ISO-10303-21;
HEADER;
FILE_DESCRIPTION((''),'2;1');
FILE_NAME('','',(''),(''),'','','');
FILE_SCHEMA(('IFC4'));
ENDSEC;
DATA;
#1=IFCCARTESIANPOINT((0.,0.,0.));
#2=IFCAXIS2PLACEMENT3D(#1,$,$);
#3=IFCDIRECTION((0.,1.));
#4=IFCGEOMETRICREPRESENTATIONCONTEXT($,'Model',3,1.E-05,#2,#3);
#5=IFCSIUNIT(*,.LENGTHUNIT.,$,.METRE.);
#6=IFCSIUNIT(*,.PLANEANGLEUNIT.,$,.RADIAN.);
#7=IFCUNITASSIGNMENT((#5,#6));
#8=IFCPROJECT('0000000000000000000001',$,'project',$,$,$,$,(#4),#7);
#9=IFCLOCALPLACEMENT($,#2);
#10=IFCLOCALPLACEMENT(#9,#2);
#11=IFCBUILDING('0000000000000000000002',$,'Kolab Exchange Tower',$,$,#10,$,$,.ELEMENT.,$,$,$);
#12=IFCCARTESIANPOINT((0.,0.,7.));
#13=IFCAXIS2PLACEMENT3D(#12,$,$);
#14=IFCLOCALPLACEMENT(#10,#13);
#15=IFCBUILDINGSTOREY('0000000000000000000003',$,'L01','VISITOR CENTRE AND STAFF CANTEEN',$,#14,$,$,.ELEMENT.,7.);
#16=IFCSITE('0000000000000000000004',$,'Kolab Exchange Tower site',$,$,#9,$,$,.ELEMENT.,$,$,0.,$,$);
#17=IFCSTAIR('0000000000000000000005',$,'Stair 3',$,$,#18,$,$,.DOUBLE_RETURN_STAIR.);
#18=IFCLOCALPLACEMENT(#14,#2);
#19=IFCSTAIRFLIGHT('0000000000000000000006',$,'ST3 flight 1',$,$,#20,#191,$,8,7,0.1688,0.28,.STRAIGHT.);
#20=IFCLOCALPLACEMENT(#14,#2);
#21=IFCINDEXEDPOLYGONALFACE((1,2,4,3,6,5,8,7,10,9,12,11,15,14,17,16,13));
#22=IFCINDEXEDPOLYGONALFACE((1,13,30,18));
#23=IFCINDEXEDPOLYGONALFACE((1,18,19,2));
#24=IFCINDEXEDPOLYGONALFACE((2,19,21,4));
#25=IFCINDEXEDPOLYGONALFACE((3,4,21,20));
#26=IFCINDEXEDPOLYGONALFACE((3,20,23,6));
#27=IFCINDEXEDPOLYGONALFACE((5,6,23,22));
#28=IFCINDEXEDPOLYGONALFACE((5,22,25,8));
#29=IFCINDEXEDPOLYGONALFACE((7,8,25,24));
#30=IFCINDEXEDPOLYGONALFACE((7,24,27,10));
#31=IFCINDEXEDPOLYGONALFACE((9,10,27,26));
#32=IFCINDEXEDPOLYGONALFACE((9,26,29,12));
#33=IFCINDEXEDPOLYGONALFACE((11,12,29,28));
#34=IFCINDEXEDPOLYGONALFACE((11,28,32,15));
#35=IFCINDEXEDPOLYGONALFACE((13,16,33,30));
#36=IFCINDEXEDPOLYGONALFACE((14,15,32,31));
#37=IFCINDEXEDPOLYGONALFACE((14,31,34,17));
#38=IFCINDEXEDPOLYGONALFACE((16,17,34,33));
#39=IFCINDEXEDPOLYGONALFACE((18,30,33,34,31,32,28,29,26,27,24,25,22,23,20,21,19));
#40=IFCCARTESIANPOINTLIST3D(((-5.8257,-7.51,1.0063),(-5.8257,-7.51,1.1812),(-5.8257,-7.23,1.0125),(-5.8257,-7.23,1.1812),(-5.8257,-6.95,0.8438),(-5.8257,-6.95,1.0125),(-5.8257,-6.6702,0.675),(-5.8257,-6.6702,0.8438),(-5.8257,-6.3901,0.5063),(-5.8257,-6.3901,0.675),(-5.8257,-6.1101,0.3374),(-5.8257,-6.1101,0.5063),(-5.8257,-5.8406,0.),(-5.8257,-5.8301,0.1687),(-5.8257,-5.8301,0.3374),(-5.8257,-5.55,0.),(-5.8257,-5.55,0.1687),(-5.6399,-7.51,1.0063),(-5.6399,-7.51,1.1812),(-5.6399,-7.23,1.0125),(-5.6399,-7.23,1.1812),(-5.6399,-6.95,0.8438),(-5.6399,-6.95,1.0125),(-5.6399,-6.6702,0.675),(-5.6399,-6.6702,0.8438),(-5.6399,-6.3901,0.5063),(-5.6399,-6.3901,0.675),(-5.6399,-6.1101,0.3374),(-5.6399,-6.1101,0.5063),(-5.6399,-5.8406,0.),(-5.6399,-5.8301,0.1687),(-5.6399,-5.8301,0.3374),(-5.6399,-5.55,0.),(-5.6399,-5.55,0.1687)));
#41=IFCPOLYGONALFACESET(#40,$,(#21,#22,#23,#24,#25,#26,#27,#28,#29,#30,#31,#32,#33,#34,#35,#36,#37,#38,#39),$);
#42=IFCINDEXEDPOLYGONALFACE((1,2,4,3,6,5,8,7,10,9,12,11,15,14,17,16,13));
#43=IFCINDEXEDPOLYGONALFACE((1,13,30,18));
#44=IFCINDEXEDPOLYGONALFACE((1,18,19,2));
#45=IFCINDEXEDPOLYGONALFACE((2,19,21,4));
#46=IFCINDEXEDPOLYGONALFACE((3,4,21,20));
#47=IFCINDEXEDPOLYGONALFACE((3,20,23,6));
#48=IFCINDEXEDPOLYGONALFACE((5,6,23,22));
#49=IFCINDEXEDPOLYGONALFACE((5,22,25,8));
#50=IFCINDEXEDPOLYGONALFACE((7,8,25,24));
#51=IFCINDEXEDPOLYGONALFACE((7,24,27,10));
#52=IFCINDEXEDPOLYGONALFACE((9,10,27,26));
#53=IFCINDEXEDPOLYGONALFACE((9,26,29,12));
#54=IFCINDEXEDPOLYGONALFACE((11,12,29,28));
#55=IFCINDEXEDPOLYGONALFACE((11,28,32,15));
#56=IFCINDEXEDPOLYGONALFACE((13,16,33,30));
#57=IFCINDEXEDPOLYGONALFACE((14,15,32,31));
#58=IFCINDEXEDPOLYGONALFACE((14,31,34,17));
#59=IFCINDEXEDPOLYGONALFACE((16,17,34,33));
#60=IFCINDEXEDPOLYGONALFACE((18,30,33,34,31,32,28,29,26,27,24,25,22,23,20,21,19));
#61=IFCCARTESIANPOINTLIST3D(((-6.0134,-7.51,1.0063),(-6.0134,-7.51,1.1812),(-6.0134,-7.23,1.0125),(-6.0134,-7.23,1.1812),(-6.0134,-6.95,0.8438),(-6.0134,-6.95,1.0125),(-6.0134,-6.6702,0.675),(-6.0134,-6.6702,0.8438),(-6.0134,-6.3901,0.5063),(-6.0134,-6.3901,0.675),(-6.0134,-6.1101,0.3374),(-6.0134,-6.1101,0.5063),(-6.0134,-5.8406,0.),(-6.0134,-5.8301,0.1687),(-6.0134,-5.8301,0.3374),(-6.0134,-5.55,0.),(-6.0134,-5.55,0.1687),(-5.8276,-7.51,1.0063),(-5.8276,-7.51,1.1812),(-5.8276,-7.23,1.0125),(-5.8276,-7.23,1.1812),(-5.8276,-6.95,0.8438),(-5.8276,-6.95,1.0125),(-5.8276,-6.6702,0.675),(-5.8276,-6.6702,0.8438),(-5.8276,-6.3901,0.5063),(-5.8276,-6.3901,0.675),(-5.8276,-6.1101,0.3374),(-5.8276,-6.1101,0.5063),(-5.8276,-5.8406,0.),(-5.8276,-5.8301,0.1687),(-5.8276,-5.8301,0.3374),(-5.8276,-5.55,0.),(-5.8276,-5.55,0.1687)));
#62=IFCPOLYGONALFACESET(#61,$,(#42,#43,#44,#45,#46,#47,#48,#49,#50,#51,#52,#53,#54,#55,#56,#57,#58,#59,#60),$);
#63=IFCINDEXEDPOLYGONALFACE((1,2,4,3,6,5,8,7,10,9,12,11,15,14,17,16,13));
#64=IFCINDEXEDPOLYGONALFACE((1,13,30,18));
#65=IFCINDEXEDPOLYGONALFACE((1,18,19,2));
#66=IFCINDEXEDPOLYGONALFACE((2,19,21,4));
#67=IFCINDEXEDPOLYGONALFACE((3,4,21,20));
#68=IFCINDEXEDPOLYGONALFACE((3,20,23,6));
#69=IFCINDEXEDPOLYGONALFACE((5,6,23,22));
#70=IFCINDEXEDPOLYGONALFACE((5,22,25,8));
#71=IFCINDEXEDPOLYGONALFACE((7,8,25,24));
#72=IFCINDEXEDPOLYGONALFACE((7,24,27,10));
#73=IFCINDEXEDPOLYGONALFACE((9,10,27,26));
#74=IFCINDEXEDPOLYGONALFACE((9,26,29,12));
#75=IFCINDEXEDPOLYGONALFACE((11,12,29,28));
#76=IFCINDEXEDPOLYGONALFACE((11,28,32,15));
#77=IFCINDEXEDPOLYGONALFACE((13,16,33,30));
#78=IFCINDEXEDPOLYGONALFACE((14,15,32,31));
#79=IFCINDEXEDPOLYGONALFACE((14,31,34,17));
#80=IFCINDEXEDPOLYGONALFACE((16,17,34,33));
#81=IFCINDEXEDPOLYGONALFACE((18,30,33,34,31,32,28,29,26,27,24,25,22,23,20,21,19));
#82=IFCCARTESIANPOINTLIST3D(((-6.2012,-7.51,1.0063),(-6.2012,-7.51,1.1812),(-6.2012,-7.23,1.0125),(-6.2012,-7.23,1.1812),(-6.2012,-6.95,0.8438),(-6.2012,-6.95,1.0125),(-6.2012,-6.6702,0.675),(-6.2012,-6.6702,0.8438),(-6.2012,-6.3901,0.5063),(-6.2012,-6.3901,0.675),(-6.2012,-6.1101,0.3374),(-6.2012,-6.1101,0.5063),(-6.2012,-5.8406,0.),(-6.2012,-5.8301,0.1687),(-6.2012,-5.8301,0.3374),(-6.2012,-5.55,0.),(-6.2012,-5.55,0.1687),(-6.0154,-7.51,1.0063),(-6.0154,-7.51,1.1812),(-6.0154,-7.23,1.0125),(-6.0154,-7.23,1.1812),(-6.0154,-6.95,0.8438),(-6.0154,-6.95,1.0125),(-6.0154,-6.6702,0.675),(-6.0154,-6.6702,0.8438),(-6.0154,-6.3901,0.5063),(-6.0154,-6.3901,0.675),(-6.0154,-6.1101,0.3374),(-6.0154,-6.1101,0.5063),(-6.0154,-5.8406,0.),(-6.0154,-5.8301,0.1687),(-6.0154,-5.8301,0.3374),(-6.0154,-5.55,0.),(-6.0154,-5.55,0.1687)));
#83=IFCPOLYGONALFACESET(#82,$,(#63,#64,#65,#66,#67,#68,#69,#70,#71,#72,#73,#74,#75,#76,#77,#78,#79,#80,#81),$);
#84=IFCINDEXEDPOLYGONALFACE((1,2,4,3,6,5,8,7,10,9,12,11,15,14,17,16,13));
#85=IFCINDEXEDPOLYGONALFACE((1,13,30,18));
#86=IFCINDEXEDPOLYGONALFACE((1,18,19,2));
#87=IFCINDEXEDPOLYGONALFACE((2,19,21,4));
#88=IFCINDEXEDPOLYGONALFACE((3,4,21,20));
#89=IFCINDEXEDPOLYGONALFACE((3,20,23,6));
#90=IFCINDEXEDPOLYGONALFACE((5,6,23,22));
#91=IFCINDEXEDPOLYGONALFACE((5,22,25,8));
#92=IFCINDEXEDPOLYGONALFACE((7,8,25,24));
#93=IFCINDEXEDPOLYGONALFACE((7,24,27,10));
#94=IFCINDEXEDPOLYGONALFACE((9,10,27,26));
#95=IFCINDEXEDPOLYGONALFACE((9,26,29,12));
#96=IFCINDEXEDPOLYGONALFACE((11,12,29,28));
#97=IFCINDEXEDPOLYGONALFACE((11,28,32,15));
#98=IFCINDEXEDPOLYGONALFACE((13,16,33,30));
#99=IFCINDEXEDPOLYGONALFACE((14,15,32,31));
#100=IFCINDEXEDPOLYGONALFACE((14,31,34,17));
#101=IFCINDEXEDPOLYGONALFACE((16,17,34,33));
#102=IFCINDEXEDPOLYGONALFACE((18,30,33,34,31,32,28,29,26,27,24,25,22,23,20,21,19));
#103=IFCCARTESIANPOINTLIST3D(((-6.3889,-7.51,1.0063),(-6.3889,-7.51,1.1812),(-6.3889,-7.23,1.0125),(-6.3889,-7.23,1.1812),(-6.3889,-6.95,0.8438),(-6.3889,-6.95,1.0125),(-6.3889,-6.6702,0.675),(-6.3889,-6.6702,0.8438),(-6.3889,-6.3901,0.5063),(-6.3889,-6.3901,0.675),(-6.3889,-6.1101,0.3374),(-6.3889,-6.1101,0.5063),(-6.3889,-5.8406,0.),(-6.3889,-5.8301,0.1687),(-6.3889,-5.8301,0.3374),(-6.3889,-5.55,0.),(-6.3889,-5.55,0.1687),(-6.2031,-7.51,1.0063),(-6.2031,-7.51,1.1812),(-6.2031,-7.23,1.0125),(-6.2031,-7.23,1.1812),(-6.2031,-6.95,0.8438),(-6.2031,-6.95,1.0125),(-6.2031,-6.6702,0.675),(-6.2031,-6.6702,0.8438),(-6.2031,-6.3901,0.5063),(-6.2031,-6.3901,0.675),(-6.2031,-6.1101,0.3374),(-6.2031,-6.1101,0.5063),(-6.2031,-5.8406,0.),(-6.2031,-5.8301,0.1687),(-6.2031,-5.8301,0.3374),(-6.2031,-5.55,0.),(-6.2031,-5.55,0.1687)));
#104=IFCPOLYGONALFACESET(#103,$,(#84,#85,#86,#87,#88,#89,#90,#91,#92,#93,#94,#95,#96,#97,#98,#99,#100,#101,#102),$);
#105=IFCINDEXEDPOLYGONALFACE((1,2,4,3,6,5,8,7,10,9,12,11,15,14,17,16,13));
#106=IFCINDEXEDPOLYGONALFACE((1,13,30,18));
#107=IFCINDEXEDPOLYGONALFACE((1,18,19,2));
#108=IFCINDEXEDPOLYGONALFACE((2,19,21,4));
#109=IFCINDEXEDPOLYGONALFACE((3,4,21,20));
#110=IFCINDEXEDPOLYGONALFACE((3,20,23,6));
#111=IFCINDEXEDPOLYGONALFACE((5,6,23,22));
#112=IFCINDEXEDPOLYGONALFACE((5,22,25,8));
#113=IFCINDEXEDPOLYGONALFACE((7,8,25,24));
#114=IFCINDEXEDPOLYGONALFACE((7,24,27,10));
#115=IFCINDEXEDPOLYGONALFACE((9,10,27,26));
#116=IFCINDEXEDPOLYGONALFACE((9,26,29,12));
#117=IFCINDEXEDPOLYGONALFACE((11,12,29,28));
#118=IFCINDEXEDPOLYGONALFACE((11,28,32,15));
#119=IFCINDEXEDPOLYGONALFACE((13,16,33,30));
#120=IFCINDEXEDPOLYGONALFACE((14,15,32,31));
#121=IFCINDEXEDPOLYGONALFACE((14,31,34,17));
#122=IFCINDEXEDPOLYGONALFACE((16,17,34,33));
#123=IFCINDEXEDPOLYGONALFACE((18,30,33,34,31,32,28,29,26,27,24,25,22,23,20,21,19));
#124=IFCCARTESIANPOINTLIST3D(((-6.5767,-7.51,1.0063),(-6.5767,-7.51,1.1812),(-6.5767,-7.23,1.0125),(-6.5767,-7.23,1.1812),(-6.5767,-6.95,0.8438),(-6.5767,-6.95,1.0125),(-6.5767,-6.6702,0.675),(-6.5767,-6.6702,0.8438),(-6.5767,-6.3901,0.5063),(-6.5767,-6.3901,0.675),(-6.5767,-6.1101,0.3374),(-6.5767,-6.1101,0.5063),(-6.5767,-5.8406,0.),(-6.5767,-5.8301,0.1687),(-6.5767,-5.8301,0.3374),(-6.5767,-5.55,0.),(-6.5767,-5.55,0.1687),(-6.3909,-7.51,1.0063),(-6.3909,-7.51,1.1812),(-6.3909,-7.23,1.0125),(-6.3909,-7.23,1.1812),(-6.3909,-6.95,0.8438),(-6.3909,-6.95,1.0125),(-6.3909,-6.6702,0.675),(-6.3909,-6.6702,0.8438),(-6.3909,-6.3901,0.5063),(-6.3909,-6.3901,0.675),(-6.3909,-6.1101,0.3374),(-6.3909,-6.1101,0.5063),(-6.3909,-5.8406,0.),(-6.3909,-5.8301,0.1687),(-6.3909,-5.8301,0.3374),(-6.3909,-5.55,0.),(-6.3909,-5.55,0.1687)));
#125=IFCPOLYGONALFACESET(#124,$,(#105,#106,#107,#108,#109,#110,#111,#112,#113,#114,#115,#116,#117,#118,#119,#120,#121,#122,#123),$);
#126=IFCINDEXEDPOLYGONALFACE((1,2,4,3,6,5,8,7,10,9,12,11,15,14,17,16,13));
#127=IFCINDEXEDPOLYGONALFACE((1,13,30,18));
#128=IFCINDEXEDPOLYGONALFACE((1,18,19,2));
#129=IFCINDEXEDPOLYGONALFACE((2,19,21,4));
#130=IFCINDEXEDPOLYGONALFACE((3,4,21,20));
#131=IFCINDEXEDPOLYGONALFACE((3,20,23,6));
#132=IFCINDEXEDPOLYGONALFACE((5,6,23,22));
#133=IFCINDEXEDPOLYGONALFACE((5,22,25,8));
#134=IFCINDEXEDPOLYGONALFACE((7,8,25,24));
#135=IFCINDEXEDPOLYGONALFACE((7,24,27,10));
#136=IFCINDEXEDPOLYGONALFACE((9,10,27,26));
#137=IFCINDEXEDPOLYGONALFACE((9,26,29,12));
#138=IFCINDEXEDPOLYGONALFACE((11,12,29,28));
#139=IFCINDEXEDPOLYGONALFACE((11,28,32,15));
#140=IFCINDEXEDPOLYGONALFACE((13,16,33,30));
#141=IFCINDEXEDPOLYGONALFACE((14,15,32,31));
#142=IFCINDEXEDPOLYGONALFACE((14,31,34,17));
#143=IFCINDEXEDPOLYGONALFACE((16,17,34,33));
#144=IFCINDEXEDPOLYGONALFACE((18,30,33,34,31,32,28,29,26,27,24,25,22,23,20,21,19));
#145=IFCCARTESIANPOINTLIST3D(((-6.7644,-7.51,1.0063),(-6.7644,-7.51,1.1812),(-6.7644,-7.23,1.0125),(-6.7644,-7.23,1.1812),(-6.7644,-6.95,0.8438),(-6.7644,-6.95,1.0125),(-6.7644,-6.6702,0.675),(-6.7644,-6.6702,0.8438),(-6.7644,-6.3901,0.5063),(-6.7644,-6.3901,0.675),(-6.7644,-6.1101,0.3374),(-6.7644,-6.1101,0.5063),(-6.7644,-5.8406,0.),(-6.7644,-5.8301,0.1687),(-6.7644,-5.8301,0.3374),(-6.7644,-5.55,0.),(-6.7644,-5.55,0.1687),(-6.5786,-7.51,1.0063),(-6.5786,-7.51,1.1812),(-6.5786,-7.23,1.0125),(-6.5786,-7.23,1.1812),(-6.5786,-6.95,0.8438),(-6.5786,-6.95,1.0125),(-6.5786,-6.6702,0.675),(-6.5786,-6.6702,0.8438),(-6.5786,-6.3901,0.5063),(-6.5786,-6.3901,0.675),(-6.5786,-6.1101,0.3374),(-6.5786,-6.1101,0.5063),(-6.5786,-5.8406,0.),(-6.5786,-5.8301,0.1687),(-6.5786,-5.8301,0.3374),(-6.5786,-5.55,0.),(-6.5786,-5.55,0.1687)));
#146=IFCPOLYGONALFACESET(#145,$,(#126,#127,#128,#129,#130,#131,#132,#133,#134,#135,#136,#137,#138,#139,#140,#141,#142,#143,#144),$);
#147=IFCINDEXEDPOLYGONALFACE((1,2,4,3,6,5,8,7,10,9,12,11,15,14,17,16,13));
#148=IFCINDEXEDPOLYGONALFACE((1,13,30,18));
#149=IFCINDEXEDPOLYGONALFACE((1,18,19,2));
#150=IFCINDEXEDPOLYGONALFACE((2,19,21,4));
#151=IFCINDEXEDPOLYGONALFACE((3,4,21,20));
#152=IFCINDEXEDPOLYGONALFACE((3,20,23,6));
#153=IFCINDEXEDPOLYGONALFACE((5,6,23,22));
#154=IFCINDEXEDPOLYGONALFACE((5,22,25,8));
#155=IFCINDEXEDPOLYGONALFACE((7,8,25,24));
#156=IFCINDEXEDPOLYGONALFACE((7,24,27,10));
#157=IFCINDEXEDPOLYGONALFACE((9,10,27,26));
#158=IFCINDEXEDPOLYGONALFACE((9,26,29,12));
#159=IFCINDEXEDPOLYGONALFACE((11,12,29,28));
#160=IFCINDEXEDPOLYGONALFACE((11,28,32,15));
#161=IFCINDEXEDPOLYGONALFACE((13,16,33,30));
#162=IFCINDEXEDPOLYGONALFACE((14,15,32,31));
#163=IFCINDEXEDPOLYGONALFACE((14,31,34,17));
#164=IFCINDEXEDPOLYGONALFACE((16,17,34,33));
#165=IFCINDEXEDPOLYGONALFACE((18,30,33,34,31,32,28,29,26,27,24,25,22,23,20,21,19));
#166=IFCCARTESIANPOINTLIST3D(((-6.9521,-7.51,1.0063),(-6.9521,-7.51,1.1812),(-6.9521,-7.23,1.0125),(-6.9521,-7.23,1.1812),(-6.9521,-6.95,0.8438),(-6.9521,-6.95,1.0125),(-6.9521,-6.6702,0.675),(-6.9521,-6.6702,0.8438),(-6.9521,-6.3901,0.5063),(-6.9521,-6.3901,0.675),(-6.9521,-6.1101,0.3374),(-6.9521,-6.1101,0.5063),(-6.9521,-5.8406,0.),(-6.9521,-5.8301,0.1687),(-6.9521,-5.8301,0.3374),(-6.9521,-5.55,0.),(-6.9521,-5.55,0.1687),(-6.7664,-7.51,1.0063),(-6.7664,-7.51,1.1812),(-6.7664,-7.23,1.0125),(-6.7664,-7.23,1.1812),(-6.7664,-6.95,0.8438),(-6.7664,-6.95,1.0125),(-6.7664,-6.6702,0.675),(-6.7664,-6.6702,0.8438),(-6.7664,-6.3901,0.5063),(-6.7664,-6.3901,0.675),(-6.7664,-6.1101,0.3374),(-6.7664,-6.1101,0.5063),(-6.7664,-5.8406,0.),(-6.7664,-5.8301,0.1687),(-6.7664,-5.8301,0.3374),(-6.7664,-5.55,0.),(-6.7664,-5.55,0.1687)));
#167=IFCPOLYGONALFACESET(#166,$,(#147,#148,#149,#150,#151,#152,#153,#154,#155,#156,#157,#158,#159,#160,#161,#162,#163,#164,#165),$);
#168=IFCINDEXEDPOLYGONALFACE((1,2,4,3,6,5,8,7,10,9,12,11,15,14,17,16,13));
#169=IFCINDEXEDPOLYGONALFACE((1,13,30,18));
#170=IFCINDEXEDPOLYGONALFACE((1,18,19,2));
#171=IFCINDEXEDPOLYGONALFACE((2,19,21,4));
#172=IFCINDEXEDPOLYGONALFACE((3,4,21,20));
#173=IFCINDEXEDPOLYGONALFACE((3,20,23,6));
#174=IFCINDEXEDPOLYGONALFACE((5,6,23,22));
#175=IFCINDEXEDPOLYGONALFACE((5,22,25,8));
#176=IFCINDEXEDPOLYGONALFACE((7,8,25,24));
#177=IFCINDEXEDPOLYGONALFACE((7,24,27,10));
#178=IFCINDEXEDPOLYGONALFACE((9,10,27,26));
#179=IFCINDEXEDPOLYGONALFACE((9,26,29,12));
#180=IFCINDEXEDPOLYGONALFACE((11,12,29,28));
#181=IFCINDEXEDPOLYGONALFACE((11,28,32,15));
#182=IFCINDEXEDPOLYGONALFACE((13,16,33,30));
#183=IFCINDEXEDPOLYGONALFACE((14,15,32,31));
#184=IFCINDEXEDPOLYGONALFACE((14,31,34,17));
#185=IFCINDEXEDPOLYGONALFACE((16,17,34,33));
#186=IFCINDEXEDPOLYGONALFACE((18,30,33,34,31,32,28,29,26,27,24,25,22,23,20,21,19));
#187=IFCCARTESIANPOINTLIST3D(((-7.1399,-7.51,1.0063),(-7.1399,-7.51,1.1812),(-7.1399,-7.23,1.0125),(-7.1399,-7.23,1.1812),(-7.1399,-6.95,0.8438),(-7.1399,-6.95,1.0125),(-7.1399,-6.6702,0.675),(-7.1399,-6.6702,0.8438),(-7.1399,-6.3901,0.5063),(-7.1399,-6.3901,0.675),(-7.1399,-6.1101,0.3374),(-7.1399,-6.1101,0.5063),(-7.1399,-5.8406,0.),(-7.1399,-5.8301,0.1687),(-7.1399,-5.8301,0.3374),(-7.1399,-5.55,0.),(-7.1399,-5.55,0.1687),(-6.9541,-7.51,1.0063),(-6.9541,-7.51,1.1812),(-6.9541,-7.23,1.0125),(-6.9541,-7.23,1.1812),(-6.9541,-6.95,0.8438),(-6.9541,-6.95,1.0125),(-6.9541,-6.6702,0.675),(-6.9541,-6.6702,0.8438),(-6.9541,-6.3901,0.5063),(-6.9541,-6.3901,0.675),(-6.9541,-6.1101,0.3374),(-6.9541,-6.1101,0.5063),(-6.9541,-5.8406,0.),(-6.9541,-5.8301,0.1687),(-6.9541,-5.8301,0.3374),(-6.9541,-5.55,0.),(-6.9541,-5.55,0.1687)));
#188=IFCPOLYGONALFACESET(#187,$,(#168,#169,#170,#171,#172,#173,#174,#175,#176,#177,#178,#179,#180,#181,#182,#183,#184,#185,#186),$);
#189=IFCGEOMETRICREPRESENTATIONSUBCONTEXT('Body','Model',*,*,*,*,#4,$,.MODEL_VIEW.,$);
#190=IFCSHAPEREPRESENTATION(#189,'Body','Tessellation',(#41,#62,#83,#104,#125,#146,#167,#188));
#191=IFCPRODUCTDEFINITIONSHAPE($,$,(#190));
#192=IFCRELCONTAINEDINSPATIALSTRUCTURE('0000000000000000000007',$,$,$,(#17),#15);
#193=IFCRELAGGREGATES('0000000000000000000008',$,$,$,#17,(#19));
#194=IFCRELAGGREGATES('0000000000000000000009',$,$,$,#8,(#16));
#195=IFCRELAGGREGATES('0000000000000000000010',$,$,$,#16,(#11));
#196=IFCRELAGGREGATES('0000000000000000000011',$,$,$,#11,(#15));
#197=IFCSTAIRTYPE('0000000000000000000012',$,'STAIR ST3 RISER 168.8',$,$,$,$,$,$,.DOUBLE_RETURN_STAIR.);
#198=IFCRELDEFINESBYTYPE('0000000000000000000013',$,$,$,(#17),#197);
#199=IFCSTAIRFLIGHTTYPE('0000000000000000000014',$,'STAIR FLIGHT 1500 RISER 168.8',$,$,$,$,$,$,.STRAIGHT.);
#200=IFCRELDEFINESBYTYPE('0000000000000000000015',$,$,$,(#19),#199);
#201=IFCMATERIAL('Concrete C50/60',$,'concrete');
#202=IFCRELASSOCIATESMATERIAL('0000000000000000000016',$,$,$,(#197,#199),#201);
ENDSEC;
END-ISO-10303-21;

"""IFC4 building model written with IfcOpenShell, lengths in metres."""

from ifc_helpers import new_model, si_unit, direction, frame, origin, place, context, subcontext, project, spatial, polyline, outline, extrude, material, type_object, element, aggregate, save


model = new_model("IFC4")

# Units and contexts
model_context = context("Model", 3, precision=1e-05, world=origin(), true_north=direction((0.0, 1.0)))
body_context = subcontext(model_context, "Body", "Model", "MODEL_VIEW")
ifc_project = project(units=[si_unit("LENGTHUNIT", "METRE"), si_unit("PLANEANGLEUNIT", "RADIAN")], contexts=[model_context])

# Site, building, storey
site_placement = place(None, origin())
site = spatial("IfcSite", under=ifc_project, at=site_placement, Name="Kolab Exchange Tower site", CompositionType="ELEMENT", RefElevation=0.0)
building_placement = place(site_placement, origin())
building = spatial("IfcBuilding", under=site, at=building_placement, Name="Kolab Exchange Tower", CompositionType="ELEMENT")
storey_placement = place(building_placement, frame((0.0, 0.0, 7.0)))
storey = spatial("IfcBuildingStorey", under=building, at=storey_placement, Name="L01", Description="VISITOR CENTRE AND STAFF CANTEEN", CompositionType="ELEMENT", Elevation=7.0)

# Shared definitions
ifc_material_1 = material(Name="Concrete C50/60", Category="concrete")

# Stair, stair flight
stair_type = type_object("IfcStairType", Name="STAIR ST3 RISER 168.8", PredefinedType="DOUBLE_RETURN_STAIR", material=ifc_material_1)
stair_placement = place(storey_placement, origin())
stair = element("IfcStair", 1, at=stair_placement, inside=storey, type_object=stair_type, Name="Stair 3", PredefinedType="DOUBLE_RETURN_STAIR")
stair_flight_type = type_object("IfcStairFlightType", Name="STAIR FLIGHT 1500 RISER 168.8", PredefinedType="STRAIGHT", material=ifc_material_1)
stair_flight_1_placement = place(storey_placement, frame((-6.3899, -5.55, 0.0), z_axis=(0.0, 0.0, 1.0), x_axis=(0.0, -1.0, 0.0)))
stair_flight_1 = element("IfcStairFlight", 2, at=stair_flight_1_placement, type_object=stair_flight_type, Name="ST3 flight 1", NumberOfRisers=8, NumberOfTreads=7, PredefinedType="STRAIGHT", RiserHeight=0.1688, TreadLength=0.28, context=body_context, shape_type="SweptSolid", body=[
    extrude(outline(polyline([(0.0, 0.0), (0.0, 0.1687), (0.28, 0.1687), (0.28, 0.3374), (0.5601, 0.3374), (0.5601, 0.5063), (0.8401, 0.5063), (0.8401, 0.675), (1.1201, 0.675), (1.1201, 0.8438), (1.3999, 0.8438), (1.3999, 1.0125), (1.6799, 1.0125), (1.6799, 1.1812), (1.96, 1.1812), (1.96, 1.3501), (1.96, 1.0063), (0.2905, 0.0), (0.0, 0.0)])), frame((0.0, 0.75, 0.0), z_axis=(0.0, -1.0, 0.0), x_axis=(1.0, 0.0, 0.0)), (0.0, 0.0, 1.0), 0.1858),
    extrude(outline(polyline([(0.0, 0.0), (0.0, 0.1687), (0.28, 0.1687), (0.28, 0.3374), (0.5601, 0.3374), (0.5601, 0.5063), (0.8401, 0.5063), (0.8401, 0.675), (1.1201, 0.675), (1.1201, 0.8438), (1.3999, 0.8438), (1.3999, 1.0125), (1.6799, 1.0125), (1.6799, 1.1812), (1.96, 1.1812), (1.96, 1.3501), (1.96, 1.0063), (0.2905, 0.0), (0.0, 0.0)])), frame((0.0, 0.5623, 0.0), z_axis=(0.0, -1.0, 0.0), x_axis=(1.0, 0.0, 0.0)), (0.0, 0.0, 1.0), 0.1858),
    extrude(outline(polyline([(0.0, 0.0), (0.0, 0.1687), (0.28, 0.1687), (0.28, 0.3374), (0.5601, 0.3374), (0.5601, 0.5063), (0.8401, 0.5063), (0.8401, 0.675), (1.1201, 0.675), (1.1201, 0.8438), (1.3999, 0.8438), (1.3999, 1.0125), (1.6799, 1.0125), (1.6799, 1.1812), (1.96, 1.1812), (1.96, 1.3501), (1.96, 1.0063), (0.2905, 0.0), (0.0, 0.0)])), frame((0.0, 0.3745, 0.0), z_axis=(0.0, -1.0, 0.0), x_axis=(1.0, 0.0, 0.0)), (0.0, 0.0, 1.0), 0.1858),
    extrude(outline(polyline([(0.0, 0.0), (0.0, 0.1687), (0.28, 0.1687), (0.28, 0.3374), (0.5601, 0.3374), (0.5601, 0.5063), (0.8401, 0.5063), (0.8401, 0.675), (1.1201, 0.675), (1.1201, 0.8438), (1.3999, 0.8438), (1.3999, 1.0125), (1.6799, 1.0125), (1.6799, 1.1812), (1.96, 1.1812), (1.96, 1.3501), (1.96, 1.0063), (0.2905, 0.0), (0.0, 0.0)])), frame((0.0, 0.1868, 0.0), z_axis=(0.0, -1.0, 0.0), x_axis=(1.0, 0.0, 0.0)), (0.0, 0.0, 1.0), 0.1858),
    extrude(outline(polyline([(0.0, 0.0), (0.0, 0.1687), (0.28, 0.1687), (0.28, 0.3374), (0.5601, 0.3374), (0.5601, 0.5063), (0.8401, 0.5063), (0.8401, 0.675), (1.1201, 0.675), (1.1201, 0.8438), (1.3999, 0.8438), (1.3999, 1.0125), (1.6799, 1.0125), (1.6799, 1.1812), (1.96, 1.1812), (1.96, 1.3501), (1.96, 1.0063), (0.2905, 0.0), (0.0, 0.0)])), frame((0.0, -0.001, 0.0), z_axis=(0.0, -1.0, 0.0), x_axis=(1.0, 0.0, 0.0)), (0.0, 0.0, 1.0), 0.1858),
    extrude(outline(polyline([(0.0, 0.0), (0.0, 0.1687), (0.28, 0.1687), (0.28, 0.3374), (0.5601, 0.3374), (0.5601, 0.5063), (0.8401, 0.5063), (0.8401, 0.675), (1.1201, 0.675), (1.1201, 0.8438), (1.3999, 0.8438), (1.3999, 1.0125), (1.6799, 1.0125), (1.6799, 1.1812), (1.96, 1.1812), (1.96, 1.3501), (1.96, 1.0063), (0.2905, 0.0), (0.0, 0.0)])), frame((0.0, -0.1887, 0.0), z_axis=(0.0, -1.0, 0.0), x_axis=(1.0, 0.0, 0.0)), (0.0, 0.0, 1.0), 0.1858),
    extrude(outline(polyline([(0.0, 0.0), (0.0, 0.1687), (0.28, 0.1687), (0.28, 0.3374), (0.5601, 0.3374), (0.5601, 0.5063), (0.8401, 0.5063), (0.8401, 0.675), (1.1201, 0.675), (1.1201, 0.8438), (1.3999, 0.8438), (1.3999, 1.0125), (1.6799, 1.0125), (1.6799, 1.1812), (1.96, 1.1812), (1.96, 1.3501), (1.96, 1.0063), (0.2905, 0.0), (0.0, 0.0)])), frame((0.0, -0.3765, 0.0), z_axis=(0.0, -1.0, 0.0), x_axis=(1.0, 0.0, 0.0)), (0.0, 0.0, 1.0), 0.1858),
    extrude(outline(polyline([(0.0, 0.0), (0.0, 0.1687), (0.28, 0.1687), (0.28, 0.3374), (0.5601, 0.3374), (0.5601, 0.5063), (0.8401, 0.5063), (0.8401, 0.675), (1.1201, 0.675), (1.1201, 0.8438), (1.3999, 0.8438), (1.3999, 1.0125), (1.6799, 1.0125), (1.6799, 1.1812), (1.96, 1.1812), (1.96, 1.3501), (1.96, 1.0063), (0.2905, 0.0), (0.0, 0.0)])), frame((0.0, -0.5642, 0.0), z_axis=(0.0, -1.0, 0.0), x_axis=(1.0, 0.0, 0.0)), (0.0, 0.0, 1.0), 0.1858),
])
aggregate(stair, [stair_flight_1])

save(model, "model.ifc")
